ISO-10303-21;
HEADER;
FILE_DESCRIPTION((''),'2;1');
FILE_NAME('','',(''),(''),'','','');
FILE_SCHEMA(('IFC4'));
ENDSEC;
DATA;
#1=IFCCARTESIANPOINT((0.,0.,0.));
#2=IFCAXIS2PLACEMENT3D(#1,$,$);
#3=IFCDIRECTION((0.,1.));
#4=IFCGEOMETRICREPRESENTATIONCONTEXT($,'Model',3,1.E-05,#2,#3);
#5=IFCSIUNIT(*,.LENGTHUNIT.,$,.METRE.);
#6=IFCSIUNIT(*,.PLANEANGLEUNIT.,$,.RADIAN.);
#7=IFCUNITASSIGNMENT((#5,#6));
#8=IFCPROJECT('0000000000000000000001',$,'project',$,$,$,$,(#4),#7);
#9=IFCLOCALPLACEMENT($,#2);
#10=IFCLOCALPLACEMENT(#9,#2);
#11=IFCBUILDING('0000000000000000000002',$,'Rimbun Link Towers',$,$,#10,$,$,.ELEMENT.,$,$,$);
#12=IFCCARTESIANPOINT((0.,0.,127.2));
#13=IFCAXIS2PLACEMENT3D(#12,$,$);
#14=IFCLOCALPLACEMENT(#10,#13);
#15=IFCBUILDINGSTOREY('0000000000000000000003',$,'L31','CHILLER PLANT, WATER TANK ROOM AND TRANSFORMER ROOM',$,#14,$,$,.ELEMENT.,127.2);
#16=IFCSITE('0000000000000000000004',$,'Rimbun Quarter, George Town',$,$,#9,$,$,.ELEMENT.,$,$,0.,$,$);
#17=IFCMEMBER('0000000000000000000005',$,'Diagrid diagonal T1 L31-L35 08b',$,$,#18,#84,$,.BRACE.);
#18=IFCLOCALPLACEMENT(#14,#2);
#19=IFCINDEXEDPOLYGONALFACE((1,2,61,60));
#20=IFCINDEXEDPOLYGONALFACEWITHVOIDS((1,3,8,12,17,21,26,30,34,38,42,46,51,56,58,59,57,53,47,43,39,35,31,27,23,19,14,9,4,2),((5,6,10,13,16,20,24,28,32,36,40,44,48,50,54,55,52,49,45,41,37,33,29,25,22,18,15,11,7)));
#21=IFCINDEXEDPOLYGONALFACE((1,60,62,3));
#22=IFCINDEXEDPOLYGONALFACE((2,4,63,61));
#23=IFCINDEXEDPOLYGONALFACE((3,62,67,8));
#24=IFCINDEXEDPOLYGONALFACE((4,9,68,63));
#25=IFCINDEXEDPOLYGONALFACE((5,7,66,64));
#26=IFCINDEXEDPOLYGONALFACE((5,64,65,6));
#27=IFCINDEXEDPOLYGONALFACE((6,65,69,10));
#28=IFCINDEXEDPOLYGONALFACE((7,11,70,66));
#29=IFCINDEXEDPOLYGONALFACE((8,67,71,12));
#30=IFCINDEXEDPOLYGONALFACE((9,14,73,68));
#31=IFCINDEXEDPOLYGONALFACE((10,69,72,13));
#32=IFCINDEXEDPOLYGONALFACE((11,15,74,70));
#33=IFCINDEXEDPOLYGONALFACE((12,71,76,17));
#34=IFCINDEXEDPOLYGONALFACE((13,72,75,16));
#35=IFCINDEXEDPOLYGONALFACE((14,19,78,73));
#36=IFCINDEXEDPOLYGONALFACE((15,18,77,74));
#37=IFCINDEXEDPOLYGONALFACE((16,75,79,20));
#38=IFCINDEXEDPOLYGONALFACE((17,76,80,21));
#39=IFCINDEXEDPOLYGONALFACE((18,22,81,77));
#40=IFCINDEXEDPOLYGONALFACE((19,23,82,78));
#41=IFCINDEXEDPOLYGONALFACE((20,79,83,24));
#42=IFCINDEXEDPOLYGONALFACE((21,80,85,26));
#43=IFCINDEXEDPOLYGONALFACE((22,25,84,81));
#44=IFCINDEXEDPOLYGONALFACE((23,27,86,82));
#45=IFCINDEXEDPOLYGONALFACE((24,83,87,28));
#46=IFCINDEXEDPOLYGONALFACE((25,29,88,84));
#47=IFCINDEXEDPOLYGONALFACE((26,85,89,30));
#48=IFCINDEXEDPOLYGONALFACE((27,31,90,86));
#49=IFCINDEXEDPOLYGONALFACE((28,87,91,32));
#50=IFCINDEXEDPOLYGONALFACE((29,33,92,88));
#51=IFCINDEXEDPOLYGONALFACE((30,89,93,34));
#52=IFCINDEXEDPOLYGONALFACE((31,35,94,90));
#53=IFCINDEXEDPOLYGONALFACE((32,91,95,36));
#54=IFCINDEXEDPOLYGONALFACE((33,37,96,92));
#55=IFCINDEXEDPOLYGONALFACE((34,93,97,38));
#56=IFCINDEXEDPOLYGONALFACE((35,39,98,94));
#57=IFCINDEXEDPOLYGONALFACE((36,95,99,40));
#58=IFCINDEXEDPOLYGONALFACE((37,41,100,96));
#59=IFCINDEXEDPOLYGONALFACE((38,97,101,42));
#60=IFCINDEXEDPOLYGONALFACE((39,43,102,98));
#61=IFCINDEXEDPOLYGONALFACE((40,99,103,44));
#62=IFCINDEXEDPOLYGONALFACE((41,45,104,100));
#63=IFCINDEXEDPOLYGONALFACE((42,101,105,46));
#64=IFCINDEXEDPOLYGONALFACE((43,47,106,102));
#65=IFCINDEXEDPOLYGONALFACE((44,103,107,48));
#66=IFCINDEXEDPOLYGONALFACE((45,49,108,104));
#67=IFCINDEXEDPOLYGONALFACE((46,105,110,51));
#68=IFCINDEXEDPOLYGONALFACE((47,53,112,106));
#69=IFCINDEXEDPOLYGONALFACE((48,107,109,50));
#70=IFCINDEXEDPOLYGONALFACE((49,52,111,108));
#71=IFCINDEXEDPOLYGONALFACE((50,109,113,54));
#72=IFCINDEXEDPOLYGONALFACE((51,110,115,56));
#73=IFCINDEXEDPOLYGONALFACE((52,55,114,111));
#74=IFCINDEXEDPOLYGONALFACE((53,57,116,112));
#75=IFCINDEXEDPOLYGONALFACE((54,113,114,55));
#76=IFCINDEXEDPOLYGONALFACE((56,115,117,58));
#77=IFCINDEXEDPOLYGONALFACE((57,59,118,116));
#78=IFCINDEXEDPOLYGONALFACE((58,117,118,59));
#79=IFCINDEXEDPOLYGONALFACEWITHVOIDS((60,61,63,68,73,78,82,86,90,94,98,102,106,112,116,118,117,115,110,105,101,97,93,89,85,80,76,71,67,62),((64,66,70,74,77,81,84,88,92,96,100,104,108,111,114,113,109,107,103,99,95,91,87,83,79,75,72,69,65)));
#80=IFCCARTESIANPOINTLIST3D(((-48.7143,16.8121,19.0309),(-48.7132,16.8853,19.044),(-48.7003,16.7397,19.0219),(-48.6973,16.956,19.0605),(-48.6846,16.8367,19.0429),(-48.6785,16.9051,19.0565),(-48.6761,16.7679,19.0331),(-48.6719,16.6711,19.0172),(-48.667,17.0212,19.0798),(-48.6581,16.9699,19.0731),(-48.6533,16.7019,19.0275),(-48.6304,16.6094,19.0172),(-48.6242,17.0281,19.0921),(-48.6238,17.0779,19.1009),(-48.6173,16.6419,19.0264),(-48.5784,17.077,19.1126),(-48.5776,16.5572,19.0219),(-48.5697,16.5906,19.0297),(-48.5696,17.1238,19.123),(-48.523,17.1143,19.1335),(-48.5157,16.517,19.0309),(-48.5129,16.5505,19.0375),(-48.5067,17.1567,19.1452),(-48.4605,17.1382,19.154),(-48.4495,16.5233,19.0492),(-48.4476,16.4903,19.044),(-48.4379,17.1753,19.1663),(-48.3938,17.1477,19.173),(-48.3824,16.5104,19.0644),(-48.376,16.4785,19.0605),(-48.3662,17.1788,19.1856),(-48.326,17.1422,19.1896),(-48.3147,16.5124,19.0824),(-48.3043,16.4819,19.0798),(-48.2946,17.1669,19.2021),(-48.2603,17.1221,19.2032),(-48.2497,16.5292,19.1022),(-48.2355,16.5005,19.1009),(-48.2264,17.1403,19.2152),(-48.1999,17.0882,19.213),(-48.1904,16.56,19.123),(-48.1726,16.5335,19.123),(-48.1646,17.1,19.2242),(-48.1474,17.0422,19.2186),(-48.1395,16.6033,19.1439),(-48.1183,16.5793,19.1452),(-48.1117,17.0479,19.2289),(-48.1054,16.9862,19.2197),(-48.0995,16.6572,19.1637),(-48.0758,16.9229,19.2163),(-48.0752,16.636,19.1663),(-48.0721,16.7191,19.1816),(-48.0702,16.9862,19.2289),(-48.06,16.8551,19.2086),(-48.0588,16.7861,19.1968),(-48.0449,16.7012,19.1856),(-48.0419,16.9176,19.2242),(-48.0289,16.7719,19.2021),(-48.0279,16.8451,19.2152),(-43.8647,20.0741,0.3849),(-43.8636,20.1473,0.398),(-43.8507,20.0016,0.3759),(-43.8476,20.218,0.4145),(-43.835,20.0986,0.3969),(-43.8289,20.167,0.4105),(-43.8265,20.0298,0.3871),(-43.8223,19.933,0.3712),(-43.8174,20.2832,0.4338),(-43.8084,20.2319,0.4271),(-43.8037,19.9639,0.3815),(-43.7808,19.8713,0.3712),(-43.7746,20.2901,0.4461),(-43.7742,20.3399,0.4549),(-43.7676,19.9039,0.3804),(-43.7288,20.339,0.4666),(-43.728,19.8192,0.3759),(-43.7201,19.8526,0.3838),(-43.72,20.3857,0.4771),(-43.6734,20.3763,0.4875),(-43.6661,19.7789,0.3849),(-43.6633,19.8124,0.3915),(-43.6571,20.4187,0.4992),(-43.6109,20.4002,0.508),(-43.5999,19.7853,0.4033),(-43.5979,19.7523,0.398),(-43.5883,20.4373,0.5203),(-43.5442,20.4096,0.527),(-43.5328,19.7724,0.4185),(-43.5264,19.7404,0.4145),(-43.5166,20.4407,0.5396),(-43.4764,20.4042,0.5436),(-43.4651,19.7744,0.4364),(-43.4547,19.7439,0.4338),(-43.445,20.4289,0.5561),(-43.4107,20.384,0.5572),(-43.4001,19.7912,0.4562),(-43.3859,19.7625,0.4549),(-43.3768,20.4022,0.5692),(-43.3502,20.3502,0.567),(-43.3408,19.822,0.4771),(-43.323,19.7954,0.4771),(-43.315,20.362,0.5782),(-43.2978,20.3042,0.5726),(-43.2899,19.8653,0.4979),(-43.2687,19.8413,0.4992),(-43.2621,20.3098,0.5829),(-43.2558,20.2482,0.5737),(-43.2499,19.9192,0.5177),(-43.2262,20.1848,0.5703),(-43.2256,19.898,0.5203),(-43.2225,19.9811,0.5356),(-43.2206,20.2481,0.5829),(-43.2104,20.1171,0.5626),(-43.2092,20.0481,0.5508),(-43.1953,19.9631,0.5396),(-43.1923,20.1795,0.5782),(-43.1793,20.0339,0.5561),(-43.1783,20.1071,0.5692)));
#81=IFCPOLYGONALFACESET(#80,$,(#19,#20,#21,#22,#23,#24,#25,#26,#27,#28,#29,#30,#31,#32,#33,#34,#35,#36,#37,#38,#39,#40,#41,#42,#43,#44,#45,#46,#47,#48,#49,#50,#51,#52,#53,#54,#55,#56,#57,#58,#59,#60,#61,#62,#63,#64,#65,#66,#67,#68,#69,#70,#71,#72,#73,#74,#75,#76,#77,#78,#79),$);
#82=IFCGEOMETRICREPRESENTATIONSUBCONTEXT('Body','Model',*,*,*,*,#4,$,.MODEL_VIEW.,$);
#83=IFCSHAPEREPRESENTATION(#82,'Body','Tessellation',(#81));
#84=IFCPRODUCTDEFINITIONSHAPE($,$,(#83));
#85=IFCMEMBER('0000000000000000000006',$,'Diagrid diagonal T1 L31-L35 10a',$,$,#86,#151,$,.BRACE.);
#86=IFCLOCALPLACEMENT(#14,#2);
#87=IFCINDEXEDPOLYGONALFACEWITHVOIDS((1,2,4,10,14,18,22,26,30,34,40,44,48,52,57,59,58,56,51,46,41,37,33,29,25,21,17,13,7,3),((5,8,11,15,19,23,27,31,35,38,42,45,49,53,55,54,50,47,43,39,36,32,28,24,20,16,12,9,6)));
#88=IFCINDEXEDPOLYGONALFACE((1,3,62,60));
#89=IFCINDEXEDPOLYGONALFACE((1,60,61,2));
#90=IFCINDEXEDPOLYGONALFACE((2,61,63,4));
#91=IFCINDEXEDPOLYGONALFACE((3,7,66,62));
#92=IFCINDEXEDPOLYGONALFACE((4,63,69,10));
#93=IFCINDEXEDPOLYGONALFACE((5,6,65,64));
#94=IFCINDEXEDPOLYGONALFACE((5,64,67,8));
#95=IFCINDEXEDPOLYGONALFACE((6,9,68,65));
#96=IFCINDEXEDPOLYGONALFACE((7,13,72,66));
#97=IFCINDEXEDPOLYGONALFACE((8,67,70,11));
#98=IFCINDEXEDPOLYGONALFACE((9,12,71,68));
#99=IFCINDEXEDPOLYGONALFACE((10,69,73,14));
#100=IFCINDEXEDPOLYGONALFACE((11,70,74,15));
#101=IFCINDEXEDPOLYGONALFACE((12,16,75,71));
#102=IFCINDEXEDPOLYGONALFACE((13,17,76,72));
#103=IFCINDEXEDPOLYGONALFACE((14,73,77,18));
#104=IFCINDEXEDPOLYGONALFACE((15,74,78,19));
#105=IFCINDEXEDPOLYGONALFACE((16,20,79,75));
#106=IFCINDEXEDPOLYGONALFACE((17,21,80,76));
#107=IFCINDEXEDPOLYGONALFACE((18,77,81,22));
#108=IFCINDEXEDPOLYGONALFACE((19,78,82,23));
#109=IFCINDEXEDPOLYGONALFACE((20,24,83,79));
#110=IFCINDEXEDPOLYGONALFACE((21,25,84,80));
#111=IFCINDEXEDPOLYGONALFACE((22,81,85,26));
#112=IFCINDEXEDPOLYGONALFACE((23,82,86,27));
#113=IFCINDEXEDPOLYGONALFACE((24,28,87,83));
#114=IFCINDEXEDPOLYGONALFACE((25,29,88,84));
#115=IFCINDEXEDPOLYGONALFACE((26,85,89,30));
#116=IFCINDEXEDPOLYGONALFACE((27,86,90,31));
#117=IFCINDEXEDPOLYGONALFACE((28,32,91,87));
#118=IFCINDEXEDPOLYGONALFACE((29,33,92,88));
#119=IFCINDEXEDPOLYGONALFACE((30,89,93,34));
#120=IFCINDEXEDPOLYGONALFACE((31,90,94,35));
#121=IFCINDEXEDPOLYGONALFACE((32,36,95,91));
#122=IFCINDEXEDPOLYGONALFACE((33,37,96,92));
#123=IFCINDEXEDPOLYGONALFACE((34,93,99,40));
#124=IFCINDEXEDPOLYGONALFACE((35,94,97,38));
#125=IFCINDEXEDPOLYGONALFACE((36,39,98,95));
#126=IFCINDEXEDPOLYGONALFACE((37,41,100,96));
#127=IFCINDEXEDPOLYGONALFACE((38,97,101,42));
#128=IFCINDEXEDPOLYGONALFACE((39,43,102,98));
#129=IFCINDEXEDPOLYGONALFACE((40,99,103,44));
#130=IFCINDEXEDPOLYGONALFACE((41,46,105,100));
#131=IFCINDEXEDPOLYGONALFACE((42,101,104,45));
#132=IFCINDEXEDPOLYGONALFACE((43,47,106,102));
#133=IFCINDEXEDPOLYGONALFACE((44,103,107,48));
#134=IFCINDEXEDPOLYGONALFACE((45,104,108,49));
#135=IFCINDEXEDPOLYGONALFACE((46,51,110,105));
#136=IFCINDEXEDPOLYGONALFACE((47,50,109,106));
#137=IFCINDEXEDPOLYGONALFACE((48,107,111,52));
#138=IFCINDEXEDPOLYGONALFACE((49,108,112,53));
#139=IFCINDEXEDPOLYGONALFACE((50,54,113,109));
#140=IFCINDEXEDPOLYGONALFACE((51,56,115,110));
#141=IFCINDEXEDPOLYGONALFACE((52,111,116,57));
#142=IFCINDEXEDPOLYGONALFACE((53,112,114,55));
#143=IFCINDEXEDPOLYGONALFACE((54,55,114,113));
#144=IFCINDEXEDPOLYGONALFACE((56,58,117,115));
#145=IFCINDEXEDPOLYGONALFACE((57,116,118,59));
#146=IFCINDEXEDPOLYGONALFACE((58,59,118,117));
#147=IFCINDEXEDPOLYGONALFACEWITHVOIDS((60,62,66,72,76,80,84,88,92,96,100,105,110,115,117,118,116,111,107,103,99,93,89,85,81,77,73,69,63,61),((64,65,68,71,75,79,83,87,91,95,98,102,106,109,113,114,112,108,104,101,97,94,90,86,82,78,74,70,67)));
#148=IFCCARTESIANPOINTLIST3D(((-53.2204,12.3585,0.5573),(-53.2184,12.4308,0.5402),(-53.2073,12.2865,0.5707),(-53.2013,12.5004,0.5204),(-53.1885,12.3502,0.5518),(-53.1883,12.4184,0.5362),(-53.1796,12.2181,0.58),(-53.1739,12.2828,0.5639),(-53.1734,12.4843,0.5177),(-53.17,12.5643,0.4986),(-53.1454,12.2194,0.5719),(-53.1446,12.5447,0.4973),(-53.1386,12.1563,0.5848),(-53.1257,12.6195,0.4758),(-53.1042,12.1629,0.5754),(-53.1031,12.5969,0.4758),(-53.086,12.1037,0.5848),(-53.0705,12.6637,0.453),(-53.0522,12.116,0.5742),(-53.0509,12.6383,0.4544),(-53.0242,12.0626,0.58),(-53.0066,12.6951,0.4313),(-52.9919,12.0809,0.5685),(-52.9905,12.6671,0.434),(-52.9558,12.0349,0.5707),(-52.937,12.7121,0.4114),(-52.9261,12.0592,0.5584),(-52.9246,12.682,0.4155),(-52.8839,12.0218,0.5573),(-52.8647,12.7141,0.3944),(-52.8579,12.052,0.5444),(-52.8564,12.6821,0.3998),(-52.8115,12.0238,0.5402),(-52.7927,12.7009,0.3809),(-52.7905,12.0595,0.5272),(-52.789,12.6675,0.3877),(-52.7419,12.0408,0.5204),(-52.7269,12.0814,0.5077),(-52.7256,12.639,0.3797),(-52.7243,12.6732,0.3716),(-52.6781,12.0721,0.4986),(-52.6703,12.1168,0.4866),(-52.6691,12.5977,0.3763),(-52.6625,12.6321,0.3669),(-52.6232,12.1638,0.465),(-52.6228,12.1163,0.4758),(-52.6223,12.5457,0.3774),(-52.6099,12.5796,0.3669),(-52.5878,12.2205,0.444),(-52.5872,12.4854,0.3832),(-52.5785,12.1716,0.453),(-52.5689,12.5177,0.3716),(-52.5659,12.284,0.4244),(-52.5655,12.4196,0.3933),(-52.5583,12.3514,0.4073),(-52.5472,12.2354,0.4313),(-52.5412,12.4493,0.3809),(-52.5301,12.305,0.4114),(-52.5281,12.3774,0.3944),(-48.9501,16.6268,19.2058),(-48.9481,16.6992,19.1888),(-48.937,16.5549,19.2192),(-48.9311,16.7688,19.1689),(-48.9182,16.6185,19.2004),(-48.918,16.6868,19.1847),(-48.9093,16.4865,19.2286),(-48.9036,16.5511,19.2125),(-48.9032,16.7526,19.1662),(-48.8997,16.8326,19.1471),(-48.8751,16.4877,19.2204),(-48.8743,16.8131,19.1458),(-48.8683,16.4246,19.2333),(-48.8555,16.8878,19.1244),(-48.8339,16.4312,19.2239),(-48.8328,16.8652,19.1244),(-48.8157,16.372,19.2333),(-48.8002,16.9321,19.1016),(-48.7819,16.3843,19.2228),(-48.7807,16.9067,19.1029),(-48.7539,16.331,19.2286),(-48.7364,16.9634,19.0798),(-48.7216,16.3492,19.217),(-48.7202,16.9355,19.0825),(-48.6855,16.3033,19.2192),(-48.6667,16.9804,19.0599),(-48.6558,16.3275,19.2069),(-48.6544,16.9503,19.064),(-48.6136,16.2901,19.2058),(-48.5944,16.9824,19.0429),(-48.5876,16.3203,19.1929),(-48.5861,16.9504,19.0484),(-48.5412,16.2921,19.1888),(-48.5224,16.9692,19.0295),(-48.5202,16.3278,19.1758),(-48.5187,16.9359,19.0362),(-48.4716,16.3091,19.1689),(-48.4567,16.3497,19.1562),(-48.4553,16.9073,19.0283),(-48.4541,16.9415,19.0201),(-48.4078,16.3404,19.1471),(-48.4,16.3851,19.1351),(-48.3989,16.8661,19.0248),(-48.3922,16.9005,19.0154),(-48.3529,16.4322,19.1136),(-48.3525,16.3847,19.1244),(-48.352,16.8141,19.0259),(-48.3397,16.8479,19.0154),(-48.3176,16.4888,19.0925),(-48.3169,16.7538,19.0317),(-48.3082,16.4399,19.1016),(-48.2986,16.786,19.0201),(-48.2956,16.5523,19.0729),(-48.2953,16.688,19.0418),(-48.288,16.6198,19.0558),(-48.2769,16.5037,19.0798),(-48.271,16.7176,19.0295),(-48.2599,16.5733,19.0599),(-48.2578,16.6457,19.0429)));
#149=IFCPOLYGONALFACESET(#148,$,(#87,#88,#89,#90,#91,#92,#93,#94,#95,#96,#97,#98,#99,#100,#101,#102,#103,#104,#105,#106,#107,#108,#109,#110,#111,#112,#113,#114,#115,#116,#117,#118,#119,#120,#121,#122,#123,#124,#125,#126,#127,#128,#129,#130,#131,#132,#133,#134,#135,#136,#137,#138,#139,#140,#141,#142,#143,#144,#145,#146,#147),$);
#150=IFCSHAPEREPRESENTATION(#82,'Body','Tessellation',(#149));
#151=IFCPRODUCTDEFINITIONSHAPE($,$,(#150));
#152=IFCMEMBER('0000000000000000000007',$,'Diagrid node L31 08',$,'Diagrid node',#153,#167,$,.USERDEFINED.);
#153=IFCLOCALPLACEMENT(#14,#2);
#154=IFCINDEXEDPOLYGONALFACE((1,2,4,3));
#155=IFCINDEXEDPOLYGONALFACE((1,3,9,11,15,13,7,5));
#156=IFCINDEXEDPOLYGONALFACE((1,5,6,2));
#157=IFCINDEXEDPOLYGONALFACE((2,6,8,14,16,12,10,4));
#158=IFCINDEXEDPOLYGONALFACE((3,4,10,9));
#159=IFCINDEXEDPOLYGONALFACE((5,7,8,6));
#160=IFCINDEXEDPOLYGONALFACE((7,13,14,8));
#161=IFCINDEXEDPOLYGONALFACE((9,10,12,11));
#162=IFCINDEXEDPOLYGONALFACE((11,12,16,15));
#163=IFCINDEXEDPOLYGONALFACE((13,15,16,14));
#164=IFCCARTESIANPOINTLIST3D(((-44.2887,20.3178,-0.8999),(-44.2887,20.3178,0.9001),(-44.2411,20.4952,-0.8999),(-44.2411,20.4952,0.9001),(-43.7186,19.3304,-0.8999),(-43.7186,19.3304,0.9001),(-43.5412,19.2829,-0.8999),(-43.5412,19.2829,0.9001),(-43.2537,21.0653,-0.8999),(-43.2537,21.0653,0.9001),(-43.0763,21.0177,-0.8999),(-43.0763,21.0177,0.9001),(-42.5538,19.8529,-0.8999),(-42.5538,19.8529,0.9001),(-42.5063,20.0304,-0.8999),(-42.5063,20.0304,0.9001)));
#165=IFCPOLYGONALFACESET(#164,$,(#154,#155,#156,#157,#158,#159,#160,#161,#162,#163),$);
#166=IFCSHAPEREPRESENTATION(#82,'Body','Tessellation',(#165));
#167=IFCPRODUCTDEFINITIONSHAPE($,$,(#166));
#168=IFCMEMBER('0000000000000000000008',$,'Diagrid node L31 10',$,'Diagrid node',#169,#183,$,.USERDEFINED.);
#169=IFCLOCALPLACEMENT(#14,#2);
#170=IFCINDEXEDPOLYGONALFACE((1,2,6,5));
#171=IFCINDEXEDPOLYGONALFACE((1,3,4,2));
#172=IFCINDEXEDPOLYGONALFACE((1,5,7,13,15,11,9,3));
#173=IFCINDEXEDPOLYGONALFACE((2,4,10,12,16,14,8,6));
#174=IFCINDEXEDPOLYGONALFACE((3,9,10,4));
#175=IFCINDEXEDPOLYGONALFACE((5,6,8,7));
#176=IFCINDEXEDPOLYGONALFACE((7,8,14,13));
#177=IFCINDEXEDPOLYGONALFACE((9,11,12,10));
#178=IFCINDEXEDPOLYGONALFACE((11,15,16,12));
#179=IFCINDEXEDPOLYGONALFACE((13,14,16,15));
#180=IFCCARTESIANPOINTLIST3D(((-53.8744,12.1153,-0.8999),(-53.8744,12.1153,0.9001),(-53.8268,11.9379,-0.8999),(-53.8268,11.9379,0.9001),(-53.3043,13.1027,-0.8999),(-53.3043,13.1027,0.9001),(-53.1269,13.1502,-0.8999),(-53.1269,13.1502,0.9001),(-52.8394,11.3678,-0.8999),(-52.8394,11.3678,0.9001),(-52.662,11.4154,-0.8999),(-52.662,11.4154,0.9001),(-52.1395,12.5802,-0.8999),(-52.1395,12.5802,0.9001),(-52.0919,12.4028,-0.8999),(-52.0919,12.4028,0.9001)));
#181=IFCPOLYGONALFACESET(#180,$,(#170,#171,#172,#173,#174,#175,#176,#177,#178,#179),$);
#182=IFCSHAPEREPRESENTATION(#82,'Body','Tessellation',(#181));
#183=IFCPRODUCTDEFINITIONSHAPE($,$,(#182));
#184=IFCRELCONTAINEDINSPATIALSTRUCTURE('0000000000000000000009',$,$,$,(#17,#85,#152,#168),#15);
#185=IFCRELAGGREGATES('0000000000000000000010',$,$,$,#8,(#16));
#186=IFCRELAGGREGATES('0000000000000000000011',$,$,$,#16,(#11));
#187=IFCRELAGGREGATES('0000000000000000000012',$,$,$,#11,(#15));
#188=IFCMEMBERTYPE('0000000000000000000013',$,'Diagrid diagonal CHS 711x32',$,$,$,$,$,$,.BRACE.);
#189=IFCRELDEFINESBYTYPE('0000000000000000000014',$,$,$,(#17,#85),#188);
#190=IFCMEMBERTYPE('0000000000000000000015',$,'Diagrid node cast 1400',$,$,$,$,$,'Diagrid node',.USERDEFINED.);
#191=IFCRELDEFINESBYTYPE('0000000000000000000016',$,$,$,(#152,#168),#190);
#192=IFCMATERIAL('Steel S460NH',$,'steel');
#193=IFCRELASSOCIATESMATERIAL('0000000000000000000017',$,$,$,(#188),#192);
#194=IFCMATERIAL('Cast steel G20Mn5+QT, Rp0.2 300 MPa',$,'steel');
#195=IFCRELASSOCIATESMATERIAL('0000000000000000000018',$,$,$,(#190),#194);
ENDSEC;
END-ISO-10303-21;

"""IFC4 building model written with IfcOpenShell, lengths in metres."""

from ifc_helpers import new_model, si_unit, direction, frame, origin, origin_2d, place, context, subcontext, project, spatial, polyline, hollow_circle, outline, extrude, material, material_profile, profile_set, type_object, element, save


model = new_model("IFC4")

# Units and contexts
model_context = context("Model", 3, precision=1e-05, world=origin(), true_north=direction((0.0, 1.0)))
body_context = subcontext(model_context, "Body", "Model", "MODEL_VIEW")
ifc_project = project(units=[si_unit("LENGTHUNIT", "METRE"), si_unit("PLANEANGLEUNIT", "RADIAN")], contexts=[model_context])

# Site, building, storey
site_placement = place(None, origin())
site = spatial("IfcSite", under=ifc_project, at=site_placement, Name="Rimbun Quarter, George Town", CompositionType="ELEMENT", RefElevation=0.0)
building_placement = place(site_placement, origin())
building = spatial("IfcBuilding", under=site, at=building_placement, Name="Rimbun Link Towers", CompositionType="ELEMENT")
storey_placement = place(building_placement, frame((0.0, 0.0, 127.2)))
storey = spatial("IfcBuildingStorey", under=building, at=storey_placement, Name="L31", Description="CHILLER PLANT, WATER TANK ROOM AND TRANSFORMER ROOM", CompositionType="ELEMENT", Elevation=127.2)

# Members
ifc_material_1 = material(Name="Steel S460NH", Category="steel")
ifc_material_profile_1 = material_profile(ifc_material_1, hollow_circle(Radius=0.3557, WallThickness=0.032, at=origin_2d()), Name="Diagrid diagonal CHS 711x32")
ifc_profile_set_1 = profile_set([ifc_material_profile_1], Name="Steel S460NH")
member_type_1 = type_object("IfcMemberType", Name="Diagrid diagonal CHS 711x32", PredefinedType="BRACE", material=ifc_profile_set_1)
member_1_placement = place(storey_placement, frame((-43.5215, 20.0906, 0.4771), z_axis=(-0.248182, -0.166933, 0.954222), x_axis=(0.558118, -0.829762, 0.0)))
element("IfcMember", 1, at=member_1_placement, inside=storey, type_object=member_type_1, Name="Diagrid diagonal T1 L31-L35 08b", PredefinedType="BRACE", context=body_context, shape_type="SweptSolid", body=[
    extrude(hollow_circle(Radius=0.3557, WallThickness=0.032, at=origin_2d()), origin(), (0.0, 0.0, 1.0), 19.5405),
])
member_2_placement = place(storey_placement, frame((-52.8743, 12.3679, 0.4758), z_axis=(0.217854, 0.217755, 0.951379), x_axis=(-0.706945, 0.707269, 0.0)))
element("IfcMember", 2, at=member_2_placement, inside=storey, type_object=member_type_1, Name="Diagrid diagonal T1 L31-L35 10a", PredefinedType="BRACE", context=body_context, shape_type="SweptSolid", body=[
    extrude(hollow_circle(Radius=0.3557, WallThickness=0.032, at=origin_2d()), origin(), (0.0, 0.0, 1.0), 19.6016),
])
ifc_material_2 = material(Name="Cast steel G20Mn5+QT, Rp0.2 300 MPa", Category="steel")
ifc_material_profile_2 = material_profile(ifc_material_2, outline(polyline([(0.7, -0.5701), (0.7, 0.5701), (0.5701, 0.7), (-0.5701, 0.7), (-0.7, 0.5701), (-0.7, -0.5701), (-0.5701, -0.7), (0.5701, -0.7), (0.7, -0.5701)])), Name="NODE 1400x1400")
ifc_profile_set_2 = profile_set([ifc_material_profile_2], Name="Cast steel G20Mn5+QT, Rp0.2 300 MPa")
member_type_2 = type_object("IfcMemberType", Name="Diagrid node cast 1400", ElementType="Diagrid node", PredefinedType="USERDEFINED", material=ifc_profile_set_2)
for number, where, z_axis, x_axis, name in (
    (3, (-43.3975, 20.1741, -0.8999), (0.0, 0.0, 1.0), (-0.5, 0.866025, 0.0), "Diagrid node L31 08"),
    (4, (-52.9832, 12.259, -0.8999), (0.0, 0.0, 1.0), (-0.866025, 0.5, 0.0), "Diagrid node L31 10"),
):
    element("IfcMember", number, at=place(storey_placement, frame(where, z_axis=z_axis, x_axis=x_axis)), inside=storey, type_object=member_type_2, Name=name, ObjectType="Diagrid node", PredefinedType="USERDEFINED", context=body_context, shape_type="SweptSolid", body=[
        extrude(outline(polyline([(0.7, -0.5701), (0.7, 0.5701), (0.5701, 0.7), (-0.5701, 0.7), (-0.7, 0.5701), (-0.7, -0.5701), (-0.5701, -0.7), (0.5701, -0.7), (0.7, -0.5701)])), origin(), (0.0, 0.0, 1.0), 1.8),
    ])

save(model, "model.ifc")
